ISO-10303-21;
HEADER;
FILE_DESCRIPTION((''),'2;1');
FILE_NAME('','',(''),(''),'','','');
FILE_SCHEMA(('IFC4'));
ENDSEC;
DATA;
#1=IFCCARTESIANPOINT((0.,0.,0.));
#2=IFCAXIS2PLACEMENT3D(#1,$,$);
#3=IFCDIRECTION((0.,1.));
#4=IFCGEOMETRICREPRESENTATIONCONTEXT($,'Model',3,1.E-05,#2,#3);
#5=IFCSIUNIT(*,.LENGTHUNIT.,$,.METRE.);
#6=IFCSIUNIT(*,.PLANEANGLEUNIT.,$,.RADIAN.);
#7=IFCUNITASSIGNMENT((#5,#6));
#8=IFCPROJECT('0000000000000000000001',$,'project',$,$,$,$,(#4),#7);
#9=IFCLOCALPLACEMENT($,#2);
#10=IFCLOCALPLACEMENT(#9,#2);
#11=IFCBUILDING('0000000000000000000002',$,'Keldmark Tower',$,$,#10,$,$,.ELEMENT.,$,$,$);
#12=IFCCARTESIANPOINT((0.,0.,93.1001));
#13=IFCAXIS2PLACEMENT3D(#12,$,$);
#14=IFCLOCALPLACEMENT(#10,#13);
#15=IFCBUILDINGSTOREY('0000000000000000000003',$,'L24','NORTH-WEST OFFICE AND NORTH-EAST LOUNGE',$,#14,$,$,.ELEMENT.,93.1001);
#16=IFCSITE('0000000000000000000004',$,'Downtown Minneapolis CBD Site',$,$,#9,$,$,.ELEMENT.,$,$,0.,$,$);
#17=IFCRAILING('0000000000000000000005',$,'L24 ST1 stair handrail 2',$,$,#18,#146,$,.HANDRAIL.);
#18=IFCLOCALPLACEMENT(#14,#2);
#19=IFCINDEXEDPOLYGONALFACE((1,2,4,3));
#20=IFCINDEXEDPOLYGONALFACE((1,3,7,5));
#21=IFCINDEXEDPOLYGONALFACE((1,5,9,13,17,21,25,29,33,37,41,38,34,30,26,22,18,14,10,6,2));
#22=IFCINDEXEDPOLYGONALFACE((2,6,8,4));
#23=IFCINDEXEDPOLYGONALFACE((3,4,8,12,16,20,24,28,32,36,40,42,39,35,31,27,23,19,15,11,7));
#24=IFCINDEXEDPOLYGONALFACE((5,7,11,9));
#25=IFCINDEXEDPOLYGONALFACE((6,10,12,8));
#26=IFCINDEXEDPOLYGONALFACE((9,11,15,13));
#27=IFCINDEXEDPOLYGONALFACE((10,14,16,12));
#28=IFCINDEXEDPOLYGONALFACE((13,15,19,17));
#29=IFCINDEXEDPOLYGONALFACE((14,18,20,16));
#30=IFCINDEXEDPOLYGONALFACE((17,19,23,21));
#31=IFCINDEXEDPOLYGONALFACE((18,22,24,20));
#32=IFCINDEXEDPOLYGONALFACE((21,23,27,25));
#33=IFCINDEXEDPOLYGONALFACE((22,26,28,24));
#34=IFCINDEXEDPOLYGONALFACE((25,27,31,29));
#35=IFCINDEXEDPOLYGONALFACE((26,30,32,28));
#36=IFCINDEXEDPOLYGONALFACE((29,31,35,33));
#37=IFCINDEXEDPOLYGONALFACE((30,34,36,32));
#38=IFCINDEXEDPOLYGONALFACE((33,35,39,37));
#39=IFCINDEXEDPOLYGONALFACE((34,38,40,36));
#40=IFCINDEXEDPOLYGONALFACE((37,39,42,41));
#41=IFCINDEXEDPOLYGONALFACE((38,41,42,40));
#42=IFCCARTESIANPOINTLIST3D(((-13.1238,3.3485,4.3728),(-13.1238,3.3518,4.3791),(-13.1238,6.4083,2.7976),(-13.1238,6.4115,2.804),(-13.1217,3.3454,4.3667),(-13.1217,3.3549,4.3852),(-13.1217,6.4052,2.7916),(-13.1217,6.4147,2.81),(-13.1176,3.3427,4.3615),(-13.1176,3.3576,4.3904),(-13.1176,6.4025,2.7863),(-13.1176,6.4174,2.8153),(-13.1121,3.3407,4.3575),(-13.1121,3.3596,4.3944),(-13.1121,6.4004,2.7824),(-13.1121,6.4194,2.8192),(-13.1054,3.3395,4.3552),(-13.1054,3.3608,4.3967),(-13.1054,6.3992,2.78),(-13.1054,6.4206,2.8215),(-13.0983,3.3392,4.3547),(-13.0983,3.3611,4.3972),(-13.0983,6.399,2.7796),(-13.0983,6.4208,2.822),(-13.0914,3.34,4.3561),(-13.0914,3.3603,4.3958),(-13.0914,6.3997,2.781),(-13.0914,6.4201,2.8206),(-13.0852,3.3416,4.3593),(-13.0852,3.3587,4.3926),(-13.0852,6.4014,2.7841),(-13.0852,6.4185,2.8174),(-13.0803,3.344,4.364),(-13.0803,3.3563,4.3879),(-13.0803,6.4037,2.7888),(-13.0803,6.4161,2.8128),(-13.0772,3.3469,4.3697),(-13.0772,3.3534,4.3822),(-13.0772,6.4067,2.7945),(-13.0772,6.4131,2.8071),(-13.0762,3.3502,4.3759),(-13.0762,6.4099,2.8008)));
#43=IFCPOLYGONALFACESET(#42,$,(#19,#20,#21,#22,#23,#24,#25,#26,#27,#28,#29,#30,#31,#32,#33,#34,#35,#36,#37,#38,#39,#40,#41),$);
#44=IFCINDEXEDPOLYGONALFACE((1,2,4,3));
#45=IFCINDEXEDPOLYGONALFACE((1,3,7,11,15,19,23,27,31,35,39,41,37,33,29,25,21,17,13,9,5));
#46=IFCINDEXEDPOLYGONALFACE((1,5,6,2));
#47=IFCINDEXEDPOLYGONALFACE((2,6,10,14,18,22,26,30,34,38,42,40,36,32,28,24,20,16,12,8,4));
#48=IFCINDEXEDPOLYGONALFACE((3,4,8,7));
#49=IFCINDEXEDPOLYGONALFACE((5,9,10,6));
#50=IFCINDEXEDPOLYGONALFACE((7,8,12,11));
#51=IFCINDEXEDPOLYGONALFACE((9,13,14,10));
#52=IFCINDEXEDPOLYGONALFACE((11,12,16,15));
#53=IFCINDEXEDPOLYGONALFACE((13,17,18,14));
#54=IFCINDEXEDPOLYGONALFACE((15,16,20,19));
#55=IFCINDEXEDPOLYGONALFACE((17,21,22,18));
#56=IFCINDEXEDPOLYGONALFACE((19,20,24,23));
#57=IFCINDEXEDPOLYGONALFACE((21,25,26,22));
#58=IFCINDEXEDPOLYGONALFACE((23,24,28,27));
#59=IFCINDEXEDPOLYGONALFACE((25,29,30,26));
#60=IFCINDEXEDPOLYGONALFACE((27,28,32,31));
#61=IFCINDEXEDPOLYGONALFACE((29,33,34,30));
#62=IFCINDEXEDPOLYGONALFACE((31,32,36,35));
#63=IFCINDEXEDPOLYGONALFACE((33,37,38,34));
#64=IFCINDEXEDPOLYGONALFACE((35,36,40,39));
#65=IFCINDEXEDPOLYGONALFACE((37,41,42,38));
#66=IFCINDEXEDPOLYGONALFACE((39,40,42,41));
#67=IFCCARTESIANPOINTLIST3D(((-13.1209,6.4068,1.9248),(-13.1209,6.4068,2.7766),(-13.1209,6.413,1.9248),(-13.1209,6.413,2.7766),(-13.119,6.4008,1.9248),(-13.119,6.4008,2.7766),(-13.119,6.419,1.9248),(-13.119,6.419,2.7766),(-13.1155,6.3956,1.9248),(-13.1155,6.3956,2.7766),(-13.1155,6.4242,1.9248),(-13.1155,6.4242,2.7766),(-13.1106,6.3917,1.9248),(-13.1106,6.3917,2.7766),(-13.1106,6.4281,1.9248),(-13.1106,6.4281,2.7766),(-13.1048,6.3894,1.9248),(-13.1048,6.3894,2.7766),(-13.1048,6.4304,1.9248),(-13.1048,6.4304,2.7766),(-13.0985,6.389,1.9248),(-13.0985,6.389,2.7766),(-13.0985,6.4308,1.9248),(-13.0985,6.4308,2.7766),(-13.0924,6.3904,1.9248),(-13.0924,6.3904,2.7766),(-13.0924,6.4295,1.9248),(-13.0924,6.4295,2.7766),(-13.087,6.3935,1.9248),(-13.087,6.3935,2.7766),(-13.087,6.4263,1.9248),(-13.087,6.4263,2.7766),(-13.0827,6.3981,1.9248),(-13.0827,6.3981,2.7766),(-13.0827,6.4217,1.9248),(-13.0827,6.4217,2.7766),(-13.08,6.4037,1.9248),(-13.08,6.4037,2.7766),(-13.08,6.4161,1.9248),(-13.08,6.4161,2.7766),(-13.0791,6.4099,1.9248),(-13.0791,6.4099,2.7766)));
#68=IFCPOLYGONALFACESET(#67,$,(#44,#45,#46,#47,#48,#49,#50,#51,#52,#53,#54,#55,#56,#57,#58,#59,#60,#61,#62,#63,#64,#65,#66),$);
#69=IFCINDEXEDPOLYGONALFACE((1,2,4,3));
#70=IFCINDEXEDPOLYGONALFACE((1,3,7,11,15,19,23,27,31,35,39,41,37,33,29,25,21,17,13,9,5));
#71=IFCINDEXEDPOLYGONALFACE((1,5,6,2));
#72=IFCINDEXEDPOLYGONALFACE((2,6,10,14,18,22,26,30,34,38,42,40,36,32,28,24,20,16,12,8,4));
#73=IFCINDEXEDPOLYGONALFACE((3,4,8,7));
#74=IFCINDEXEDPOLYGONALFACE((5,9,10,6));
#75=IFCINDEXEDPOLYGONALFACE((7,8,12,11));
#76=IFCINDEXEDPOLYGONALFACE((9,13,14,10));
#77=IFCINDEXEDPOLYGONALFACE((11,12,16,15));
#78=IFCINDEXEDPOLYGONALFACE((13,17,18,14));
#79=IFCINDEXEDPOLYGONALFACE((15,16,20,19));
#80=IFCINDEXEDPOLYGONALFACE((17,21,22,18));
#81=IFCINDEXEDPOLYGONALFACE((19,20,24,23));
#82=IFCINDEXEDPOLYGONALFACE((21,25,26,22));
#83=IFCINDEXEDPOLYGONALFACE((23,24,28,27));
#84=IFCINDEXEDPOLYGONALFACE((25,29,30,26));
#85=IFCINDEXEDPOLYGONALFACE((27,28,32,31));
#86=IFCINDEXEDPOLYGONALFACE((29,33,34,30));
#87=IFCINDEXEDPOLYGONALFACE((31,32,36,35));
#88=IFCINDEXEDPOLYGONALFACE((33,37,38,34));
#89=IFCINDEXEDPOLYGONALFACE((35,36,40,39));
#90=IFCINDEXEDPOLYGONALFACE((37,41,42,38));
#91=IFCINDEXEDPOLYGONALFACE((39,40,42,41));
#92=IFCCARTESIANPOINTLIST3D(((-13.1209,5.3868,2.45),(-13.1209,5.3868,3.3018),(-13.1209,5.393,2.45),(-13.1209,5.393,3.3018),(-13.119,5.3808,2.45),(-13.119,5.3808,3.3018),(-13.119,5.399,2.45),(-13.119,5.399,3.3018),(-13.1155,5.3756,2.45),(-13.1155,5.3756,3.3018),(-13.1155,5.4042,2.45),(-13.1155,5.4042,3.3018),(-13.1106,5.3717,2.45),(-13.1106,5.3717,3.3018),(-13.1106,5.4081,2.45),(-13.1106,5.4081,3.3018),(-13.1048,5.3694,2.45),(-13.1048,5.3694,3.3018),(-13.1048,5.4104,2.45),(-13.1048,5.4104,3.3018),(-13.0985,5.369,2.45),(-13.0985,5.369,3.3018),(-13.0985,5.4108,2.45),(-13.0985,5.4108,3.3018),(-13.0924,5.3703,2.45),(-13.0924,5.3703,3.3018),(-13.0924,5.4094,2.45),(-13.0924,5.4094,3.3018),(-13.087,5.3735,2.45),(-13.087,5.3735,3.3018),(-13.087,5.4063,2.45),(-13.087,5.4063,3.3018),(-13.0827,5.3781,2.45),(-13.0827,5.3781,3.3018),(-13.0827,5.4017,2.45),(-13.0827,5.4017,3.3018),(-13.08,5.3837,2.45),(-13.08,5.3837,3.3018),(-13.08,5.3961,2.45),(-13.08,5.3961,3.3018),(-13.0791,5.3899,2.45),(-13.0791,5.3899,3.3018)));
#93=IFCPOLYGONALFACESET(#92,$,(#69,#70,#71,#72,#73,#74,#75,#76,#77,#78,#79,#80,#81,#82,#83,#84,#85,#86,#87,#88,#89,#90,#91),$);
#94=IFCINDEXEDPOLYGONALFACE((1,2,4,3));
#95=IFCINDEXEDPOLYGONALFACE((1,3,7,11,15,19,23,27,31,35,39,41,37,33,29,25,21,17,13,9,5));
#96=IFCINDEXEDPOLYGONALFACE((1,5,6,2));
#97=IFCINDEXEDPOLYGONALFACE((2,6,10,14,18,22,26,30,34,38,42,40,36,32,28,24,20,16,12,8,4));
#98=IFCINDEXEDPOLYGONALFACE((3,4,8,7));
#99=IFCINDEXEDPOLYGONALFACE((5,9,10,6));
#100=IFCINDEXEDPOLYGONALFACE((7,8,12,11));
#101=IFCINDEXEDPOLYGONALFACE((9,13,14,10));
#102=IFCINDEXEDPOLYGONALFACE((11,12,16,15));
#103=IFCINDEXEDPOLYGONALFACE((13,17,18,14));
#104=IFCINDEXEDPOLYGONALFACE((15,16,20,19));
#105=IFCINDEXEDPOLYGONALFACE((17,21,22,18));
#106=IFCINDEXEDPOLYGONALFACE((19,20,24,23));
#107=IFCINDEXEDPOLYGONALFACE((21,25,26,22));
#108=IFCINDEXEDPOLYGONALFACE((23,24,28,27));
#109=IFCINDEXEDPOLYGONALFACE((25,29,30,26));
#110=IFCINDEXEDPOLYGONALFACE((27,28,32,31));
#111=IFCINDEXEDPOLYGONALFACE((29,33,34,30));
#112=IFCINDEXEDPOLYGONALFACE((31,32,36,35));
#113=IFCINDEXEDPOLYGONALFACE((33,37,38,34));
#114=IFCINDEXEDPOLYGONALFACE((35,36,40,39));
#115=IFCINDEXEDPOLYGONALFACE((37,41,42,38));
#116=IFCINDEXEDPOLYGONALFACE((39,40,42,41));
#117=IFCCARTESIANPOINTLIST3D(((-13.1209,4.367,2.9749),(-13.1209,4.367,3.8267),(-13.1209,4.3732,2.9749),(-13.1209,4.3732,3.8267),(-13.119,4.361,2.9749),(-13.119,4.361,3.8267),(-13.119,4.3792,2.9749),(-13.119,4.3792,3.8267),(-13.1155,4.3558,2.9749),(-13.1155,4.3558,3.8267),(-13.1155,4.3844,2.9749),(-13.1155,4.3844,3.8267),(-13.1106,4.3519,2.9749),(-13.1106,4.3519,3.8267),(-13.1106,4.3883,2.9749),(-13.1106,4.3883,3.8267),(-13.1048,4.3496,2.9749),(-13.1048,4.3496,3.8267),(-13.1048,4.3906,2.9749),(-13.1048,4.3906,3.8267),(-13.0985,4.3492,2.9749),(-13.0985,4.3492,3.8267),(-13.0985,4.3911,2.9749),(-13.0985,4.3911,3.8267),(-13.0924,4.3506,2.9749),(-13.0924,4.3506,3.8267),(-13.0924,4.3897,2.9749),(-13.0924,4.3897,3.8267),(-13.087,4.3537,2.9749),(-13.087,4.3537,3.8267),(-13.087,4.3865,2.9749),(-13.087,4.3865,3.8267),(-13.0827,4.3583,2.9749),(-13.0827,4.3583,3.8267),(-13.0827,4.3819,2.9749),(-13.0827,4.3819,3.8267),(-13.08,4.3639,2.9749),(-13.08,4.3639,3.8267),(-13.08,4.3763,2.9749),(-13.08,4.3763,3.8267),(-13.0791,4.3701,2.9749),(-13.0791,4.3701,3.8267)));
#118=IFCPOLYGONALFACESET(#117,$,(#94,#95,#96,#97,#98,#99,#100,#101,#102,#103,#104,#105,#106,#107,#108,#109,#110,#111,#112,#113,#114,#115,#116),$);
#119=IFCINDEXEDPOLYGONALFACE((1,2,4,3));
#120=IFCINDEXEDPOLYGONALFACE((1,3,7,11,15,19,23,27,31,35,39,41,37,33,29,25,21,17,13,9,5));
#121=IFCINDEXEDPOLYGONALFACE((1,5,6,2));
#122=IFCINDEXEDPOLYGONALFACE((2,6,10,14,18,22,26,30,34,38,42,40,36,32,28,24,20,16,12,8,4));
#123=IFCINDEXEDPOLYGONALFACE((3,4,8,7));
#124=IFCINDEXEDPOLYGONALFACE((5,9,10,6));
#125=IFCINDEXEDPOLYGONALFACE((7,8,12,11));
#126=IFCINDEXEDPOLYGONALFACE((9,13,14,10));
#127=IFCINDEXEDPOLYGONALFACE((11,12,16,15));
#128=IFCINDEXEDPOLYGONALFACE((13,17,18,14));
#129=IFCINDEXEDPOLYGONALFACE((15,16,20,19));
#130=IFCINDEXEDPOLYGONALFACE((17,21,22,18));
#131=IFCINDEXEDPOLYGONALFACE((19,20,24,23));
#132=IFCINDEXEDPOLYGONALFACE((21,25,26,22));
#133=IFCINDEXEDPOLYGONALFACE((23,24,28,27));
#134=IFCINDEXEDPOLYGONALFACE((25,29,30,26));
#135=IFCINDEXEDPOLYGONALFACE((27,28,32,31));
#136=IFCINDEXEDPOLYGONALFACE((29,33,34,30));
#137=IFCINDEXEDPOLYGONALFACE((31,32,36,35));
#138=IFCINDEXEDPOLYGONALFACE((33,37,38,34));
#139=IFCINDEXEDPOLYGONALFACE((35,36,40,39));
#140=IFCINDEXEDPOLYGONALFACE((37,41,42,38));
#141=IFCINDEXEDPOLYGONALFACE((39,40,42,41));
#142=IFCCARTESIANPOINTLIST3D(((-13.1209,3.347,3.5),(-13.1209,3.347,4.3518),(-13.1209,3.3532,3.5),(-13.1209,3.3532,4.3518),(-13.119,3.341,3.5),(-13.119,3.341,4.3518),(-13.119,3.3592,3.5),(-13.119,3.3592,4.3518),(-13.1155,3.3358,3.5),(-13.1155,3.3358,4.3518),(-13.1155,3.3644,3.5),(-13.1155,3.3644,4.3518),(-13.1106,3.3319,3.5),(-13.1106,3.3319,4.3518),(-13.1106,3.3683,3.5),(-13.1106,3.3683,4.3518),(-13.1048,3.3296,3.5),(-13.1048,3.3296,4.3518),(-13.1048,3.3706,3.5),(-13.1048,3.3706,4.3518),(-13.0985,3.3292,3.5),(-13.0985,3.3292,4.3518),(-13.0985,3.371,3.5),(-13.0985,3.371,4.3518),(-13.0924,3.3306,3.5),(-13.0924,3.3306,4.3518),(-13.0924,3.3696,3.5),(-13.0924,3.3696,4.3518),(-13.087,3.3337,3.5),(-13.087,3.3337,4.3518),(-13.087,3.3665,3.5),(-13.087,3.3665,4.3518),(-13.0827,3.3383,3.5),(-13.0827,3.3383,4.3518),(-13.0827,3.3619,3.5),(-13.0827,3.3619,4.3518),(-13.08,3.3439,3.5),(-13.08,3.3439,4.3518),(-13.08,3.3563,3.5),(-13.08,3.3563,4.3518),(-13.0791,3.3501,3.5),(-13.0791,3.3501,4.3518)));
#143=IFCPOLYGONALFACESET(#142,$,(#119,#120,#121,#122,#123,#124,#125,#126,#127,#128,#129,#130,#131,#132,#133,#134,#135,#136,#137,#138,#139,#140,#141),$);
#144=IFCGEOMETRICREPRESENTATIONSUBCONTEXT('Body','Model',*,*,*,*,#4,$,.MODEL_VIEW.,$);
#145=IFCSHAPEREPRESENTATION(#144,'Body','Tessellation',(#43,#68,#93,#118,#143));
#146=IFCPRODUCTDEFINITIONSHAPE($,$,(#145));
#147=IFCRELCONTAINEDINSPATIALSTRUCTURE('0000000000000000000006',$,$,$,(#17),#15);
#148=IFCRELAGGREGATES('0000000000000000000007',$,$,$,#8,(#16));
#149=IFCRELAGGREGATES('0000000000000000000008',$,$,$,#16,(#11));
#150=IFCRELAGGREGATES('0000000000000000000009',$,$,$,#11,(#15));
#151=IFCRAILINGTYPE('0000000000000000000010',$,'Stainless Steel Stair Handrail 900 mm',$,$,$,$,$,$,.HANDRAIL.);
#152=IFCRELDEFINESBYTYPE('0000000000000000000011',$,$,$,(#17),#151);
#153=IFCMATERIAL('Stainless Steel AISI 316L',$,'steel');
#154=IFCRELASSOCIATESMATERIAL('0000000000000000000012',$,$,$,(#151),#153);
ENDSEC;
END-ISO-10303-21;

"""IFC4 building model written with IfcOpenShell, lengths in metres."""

from ifc_helpers import new_model, si_unit, direction, frame, origin, origin_2d, place, context, subcontext, project, spatial, circle, extrude, material, type_object, element, save


model = new_model("IFC4")

# Units and contexts
model_context = context("Model", 3, precision=1e-05, world=origin(), true_north=direction((0.0, 1.0)))
body_context = subcontext(model_context, "Body", "Model", "MODEL_VIEW")
ifc_project = project(units=[si_unit("LENGTHUNIT", "METRE"), si_unit("PLANEANGLEUNIT", "RADIAN")], contexts=[model_context])

# Site, building, storey
site_placement = place(None, origin())
site = spatial("IfcSite", under=ifc_project, at=site_placement, Name="Downtown Minneapolis CBD Site", CompositionType="ELEMENT", RefElevation=0.0)
building_placement = place(site_placement, origin())
building = spatial("IfcBuilding", under=site, at=building_placement, Name="Keldmark Tower", CompositionType="ELEMENT")
storey_placement = place(building_placement, frame((0.0, 0.0, 93.1001)))
storey = spatial("IfcBuildingStorey", under=building, at=storey_placement, Name="L24", Description="NORTH-WEST OFFICE AND NORTH-EAST LOUNGE", CompositionType="ELEMENT", Elevation=93.1001)

# Railing
ifc_material_1 = material(Name="Stainless Steel AISI 316L", Category="steel")
railing_type = type_object("IfcRailingType", Name="Stainless Steel Stair Handrail 900 mm", PredefinedType="HANDRAIL", material=ifc_material_1)
railing_placement = place(storey_placement, frame((-13.1001, 6.4099, 1.9248)))
element("IfcRailing", 1, at=railing_placement, inside=storey, type_object=railing_type, Name="L24 ST1 stair handrail 2", PredefinedType="HANDRAIL", context=body_context, shape_type="SweptSolid", body=[
    extrude(circle(Radius=0.0239, at=origin_2d()), frame((0.0, 0.0, 0.876), z_axis=(0.0, -0.889101, 0.45771), x_axis=(1.0, 0.0, 0.0)), (0.0, 0.0, 1.0), 3.4414),
    extrude(circle(Radius=0.021, at=origin_2d()), origin(), (0.0, 0.0, 1.0), 0.8518),
    extrude(circle(Radius=0.021, at=origin_2d()), frame((0.0, -1.02, 0.5251)), (0.0, 0.0, 1.0), 0.8518),
    extrude(circle(Radius=0.021, at=origin_2d()), frame((0.0, -2.0398, 1.05)), (0.0, 0.0, 1.0), 0.8518),
    extrude(circle(Radius=0.021, at=origin_2d()), frame((0.0, -3.0598, 1.5752)), (0.0, 0.0, 1.0), 0.8518),
])

save(model, "model.ifc")
